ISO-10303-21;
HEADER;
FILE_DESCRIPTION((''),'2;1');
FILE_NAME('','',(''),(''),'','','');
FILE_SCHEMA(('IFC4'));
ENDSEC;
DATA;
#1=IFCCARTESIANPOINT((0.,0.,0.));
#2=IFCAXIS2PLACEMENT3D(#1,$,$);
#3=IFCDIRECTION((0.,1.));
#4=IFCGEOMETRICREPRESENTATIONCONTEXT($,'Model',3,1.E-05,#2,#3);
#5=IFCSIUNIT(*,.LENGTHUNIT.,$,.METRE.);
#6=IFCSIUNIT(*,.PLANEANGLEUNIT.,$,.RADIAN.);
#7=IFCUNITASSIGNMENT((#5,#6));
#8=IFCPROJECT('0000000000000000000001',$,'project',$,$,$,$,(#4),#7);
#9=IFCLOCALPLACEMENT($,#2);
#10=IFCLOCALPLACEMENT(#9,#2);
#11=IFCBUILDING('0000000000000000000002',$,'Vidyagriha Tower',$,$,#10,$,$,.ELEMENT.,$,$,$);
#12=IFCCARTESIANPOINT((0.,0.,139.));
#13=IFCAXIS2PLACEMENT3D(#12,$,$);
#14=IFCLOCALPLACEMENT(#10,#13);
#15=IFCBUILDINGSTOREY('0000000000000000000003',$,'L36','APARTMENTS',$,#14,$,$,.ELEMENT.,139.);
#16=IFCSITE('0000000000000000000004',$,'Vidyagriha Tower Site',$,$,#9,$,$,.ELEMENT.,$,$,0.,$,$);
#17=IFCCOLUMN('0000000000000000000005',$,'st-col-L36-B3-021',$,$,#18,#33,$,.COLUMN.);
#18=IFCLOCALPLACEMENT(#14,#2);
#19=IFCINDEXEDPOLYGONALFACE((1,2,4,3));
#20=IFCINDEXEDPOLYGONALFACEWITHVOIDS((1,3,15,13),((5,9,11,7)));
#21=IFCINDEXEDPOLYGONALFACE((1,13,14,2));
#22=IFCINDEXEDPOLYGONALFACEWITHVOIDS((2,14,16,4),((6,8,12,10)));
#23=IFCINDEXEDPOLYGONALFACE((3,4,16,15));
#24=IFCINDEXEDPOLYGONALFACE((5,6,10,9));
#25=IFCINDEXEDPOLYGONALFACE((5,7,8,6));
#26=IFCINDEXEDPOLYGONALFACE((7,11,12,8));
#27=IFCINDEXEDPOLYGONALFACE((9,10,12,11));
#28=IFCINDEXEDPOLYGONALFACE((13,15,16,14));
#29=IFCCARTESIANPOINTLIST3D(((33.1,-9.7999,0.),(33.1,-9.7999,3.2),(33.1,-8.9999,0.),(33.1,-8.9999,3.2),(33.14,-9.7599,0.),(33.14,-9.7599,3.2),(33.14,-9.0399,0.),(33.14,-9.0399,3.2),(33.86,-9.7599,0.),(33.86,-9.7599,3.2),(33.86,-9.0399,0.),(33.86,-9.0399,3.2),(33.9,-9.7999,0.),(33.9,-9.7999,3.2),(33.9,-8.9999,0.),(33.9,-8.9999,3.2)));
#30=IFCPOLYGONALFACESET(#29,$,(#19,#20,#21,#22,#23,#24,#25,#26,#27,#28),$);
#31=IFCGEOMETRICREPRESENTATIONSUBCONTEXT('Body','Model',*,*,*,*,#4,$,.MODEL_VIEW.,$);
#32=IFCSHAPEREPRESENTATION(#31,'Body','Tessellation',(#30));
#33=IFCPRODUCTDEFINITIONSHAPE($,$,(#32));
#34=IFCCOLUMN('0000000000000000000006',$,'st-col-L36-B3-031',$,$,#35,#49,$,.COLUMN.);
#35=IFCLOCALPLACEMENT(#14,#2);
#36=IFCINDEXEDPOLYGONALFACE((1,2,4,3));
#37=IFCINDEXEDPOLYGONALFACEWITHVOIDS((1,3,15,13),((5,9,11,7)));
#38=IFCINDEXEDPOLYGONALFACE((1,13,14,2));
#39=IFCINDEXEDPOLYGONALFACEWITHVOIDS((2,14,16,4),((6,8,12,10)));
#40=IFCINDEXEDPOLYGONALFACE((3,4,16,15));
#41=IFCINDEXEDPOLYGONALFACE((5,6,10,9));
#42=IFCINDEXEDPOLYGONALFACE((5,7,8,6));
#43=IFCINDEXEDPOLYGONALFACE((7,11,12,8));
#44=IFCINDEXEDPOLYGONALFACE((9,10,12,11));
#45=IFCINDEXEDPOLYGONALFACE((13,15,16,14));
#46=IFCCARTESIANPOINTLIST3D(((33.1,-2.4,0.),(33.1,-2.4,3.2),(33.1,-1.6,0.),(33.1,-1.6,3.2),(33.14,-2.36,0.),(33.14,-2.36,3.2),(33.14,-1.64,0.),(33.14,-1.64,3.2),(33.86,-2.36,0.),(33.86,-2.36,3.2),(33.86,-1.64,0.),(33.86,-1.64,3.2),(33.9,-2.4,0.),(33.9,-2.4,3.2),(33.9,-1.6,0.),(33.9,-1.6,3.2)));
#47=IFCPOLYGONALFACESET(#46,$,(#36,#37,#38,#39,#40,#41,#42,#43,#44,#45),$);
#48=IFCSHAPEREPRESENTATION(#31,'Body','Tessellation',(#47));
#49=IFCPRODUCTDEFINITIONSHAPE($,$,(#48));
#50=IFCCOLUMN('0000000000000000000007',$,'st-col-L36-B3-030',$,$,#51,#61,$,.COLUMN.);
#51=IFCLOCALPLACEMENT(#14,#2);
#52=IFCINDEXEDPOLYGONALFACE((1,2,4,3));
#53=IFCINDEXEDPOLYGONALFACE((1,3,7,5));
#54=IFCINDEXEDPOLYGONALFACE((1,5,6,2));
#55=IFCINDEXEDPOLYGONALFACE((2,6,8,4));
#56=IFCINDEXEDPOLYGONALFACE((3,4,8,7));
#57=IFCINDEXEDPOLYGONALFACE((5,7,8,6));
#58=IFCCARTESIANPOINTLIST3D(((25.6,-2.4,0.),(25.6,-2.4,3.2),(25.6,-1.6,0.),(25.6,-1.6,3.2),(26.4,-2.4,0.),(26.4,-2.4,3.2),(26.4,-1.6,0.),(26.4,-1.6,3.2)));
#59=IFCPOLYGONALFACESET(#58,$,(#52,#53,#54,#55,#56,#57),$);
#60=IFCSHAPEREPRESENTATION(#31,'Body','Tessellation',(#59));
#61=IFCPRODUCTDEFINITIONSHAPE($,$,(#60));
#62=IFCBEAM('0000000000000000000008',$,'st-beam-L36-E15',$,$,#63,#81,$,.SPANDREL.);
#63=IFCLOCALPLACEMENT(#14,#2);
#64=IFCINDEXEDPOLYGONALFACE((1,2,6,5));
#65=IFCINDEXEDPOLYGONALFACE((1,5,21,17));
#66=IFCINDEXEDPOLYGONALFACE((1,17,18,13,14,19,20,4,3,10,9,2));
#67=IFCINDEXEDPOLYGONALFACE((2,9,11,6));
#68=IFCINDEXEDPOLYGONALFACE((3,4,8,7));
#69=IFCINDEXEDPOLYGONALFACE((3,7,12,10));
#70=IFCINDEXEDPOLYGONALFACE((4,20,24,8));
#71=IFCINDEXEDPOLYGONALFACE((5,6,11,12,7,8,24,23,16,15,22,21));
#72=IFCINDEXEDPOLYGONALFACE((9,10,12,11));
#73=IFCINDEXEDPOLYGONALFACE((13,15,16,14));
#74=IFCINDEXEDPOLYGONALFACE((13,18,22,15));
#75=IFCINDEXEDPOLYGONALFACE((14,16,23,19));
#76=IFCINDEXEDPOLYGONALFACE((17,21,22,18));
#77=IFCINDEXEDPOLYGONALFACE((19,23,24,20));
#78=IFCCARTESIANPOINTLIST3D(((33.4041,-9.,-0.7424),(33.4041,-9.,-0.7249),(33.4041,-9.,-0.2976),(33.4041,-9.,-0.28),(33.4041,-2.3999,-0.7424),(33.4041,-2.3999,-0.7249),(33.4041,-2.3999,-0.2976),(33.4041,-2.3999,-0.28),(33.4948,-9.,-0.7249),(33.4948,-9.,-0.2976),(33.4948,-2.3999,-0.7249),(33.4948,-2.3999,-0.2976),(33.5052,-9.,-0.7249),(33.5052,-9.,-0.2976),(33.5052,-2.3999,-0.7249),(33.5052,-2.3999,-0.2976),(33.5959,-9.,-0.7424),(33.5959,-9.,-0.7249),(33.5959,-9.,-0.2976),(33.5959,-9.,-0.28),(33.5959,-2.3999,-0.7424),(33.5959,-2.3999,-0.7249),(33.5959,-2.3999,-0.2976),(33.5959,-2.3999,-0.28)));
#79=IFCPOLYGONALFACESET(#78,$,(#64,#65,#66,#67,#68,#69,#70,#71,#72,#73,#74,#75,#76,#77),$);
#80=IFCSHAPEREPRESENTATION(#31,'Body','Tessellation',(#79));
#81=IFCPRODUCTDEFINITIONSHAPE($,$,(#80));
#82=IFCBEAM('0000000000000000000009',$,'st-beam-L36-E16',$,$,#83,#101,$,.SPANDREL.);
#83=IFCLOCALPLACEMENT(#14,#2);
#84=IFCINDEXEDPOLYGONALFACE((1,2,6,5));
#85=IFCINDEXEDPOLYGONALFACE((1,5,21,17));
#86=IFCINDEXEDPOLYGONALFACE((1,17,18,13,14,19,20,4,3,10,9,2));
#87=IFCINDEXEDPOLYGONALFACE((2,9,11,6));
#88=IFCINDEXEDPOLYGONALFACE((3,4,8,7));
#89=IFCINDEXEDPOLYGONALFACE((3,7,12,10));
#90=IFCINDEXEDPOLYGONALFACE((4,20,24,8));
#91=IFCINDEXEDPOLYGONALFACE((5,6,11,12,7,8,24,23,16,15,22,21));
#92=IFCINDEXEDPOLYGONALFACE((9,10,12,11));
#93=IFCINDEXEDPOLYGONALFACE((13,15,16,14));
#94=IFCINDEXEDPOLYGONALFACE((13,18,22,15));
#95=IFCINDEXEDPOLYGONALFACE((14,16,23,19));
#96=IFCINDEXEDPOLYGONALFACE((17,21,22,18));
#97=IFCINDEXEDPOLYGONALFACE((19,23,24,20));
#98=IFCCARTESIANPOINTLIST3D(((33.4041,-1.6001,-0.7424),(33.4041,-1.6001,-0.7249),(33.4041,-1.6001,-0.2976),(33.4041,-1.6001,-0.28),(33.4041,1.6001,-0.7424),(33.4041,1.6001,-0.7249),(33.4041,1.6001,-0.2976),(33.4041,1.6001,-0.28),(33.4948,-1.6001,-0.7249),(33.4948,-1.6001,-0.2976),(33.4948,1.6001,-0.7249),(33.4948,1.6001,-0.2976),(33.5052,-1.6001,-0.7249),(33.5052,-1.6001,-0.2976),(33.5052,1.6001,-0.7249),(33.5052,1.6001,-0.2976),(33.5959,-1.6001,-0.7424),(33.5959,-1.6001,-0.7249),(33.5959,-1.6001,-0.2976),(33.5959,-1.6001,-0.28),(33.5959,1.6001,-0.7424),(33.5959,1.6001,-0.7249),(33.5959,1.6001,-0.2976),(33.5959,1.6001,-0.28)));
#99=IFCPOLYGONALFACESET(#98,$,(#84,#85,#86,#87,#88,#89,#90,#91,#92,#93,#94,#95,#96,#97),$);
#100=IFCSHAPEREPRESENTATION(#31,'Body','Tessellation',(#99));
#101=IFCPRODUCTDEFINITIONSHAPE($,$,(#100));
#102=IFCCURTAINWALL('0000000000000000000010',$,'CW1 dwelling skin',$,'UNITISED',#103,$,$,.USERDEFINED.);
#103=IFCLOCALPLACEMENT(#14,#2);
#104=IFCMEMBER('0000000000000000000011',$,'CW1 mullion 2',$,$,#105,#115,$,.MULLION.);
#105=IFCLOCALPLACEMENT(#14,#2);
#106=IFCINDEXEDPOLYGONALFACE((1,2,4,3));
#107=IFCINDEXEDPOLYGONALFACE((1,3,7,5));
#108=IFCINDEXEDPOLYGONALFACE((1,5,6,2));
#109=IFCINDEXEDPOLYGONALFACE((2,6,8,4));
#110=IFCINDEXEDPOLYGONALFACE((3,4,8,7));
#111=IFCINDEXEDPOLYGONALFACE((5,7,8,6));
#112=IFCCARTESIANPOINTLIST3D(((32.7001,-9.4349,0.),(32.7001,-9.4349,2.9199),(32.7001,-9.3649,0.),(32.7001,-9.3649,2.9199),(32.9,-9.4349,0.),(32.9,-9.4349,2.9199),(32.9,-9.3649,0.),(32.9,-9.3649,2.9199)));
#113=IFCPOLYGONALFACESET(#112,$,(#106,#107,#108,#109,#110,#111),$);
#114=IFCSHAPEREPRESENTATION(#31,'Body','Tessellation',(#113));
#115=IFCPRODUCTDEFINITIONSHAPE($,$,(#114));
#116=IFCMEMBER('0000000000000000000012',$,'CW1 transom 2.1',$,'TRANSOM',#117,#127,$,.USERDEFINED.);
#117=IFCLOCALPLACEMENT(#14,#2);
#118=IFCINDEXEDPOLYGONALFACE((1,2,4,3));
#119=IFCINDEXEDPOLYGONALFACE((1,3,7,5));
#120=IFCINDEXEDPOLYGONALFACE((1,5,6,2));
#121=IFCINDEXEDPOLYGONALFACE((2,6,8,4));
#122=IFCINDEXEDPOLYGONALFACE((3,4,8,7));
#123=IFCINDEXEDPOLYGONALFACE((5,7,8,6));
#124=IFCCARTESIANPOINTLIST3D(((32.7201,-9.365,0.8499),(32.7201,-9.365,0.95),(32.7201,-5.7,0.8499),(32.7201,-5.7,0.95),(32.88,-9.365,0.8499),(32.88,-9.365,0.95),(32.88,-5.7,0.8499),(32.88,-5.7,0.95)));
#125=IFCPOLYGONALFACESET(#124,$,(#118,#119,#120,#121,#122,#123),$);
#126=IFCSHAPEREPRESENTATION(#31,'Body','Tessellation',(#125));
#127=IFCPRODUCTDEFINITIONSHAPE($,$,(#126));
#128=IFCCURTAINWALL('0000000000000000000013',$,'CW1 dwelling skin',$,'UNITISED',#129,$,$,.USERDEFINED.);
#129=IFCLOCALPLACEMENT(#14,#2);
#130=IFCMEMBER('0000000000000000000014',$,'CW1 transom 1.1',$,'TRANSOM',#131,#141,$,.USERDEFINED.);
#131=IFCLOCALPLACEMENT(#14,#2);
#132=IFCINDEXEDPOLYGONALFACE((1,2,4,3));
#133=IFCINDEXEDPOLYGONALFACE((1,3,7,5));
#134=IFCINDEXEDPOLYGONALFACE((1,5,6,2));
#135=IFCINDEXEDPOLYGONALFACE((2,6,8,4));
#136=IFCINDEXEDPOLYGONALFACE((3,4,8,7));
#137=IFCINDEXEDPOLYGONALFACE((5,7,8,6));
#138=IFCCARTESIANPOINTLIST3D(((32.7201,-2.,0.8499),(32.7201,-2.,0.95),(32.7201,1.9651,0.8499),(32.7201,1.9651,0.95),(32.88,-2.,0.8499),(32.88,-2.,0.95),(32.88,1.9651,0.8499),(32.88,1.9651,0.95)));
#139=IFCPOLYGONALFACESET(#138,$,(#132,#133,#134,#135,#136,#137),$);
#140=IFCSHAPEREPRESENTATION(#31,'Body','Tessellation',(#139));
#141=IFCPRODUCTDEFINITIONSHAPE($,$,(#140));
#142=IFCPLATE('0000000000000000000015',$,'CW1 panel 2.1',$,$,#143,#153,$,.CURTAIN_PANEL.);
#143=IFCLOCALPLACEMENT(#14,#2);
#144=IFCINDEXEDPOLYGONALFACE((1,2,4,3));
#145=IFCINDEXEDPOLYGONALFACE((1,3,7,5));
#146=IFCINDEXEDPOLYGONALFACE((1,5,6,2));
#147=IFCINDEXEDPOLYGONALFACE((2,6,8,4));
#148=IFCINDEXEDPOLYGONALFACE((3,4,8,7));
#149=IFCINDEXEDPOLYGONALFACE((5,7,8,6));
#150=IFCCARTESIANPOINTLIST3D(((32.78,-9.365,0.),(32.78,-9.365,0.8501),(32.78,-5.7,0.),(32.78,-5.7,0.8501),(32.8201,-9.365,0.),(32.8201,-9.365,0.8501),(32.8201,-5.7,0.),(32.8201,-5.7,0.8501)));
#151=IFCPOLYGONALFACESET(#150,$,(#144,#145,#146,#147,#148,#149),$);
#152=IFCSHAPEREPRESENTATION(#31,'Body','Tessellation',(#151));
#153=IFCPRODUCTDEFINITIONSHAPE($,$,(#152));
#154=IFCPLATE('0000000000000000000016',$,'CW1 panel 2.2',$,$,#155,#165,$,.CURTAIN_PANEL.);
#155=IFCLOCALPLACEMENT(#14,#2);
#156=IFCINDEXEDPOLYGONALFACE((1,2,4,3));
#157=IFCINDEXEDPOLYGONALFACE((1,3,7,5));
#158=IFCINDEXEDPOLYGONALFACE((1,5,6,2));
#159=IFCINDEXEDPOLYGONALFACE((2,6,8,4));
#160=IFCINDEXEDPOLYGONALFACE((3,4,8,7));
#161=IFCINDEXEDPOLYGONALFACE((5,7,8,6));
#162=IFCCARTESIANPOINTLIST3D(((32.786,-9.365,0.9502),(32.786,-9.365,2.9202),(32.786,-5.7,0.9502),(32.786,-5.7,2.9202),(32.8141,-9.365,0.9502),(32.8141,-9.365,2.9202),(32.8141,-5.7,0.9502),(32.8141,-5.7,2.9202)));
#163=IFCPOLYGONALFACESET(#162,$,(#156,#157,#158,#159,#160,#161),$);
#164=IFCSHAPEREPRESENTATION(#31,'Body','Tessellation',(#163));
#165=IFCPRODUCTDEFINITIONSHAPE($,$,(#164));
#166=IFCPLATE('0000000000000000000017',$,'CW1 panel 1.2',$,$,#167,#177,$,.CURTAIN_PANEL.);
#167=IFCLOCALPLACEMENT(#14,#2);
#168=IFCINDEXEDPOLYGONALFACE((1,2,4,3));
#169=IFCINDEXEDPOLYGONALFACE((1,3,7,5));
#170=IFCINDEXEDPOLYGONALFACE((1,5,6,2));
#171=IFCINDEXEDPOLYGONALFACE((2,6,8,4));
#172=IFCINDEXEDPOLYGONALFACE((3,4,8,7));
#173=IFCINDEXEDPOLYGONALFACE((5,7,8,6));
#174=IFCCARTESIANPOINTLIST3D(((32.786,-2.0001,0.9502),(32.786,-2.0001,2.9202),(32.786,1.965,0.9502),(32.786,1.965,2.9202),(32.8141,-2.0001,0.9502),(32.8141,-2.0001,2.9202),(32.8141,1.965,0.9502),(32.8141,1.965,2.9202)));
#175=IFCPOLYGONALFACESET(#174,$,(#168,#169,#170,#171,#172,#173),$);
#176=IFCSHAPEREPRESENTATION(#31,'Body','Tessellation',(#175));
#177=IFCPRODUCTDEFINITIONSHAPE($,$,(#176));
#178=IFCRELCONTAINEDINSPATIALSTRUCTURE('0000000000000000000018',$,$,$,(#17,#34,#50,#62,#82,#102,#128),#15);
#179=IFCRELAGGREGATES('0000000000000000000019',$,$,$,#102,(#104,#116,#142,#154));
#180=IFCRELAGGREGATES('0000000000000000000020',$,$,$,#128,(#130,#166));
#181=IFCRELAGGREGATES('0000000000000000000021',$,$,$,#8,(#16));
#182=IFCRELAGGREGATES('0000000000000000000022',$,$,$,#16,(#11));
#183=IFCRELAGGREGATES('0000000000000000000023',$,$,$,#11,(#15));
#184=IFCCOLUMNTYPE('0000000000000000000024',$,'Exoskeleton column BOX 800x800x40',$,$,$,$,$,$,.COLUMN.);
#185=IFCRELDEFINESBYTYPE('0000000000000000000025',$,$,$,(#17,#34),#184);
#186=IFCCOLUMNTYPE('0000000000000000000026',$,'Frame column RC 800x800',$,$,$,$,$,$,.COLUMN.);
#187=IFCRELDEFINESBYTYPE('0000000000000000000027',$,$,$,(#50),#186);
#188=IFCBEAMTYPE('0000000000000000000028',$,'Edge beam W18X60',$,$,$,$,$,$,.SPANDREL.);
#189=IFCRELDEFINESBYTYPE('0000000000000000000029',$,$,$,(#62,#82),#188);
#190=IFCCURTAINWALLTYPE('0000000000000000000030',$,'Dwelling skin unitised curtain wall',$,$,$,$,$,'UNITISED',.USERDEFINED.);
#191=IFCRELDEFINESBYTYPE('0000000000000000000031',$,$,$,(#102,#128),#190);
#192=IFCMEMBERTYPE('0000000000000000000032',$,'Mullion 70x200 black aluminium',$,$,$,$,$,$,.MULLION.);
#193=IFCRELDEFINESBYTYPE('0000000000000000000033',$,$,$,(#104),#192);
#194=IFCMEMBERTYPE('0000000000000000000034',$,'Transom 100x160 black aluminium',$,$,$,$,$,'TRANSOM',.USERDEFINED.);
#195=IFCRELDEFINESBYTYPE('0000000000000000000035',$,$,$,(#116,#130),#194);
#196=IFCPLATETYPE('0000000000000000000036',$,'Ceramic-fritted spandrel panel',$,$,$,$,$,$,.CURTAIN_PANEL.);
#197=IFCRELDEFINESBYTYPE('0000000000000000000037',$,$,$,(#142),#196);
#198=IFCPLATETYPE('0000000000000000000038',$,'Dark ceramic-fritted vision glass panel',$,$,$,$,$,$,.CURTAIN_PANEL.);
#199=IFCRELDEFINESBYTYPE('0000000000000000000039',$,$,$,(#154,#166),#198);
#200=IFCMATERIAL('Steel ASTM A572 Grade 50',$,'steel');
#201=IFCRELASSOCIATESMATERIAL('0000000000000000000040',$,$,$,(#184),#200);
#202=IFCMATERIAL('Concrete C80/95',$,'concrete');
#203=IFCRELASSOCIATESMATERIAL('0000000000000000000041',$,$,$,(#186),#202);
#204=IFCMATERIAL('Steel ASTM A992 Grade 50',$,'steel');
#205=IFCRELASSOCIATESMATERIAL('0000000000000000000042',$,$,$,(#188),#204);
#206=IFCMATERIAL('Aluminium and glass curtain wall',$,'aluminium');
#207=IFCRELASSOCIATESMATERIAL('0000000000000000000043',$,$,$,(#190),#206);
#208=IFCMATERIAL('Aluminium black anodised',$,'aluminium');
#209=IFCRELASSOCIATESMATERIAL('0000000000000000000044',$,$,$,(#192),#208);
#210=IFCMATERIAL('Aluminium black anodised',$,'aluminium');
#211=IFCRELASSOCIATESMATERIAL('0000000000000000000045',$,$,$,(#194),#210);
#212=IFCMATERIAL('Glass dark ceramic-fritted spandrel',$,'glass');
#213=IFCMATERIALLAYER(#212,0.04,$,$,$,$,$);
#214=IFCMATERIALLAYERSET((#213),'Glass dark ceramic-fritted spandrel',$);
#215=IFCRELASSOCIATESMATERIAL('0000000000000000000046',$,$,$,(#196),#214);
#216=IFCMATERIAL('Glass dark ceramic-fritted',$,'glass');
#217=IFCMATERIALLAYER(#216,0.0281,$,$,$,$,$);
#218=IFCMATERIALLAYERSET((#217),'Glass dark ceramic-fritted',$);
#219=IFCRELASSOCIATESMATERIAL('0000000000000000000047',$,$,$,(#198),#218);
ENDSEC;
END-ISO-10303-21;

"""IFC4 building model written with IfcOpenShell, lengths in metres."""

from ifc_helpers import new_model, si_unit, direction, frame, origin, origin_2d, place, context, subcontext, project, spatial, rectangle, hollow_rectangle, i_section, extrude, material, layer, layer_set, material_profile, profile_set, type_object, element, aggregate, save


model = new_model("IFC4")

# Units and contexts
model_context = context("Model", 3, precision=1e-05, world=origin(), true_north=direction((0.0, 1.0)))
body_context = subcontext(model_context, "Body", "Model", "MODEL_VIEW")
ifc_project = project(units=[si_unit("LENGTHUNIT", "METRE"), si_unit("PLANEANGLEUNIT", "RADIAN")], contexts=[model_context])

# Site, building, storey
site_placement = place(None, origin())
site = spatial("IfcSite", under=ifc_project, at=site_placement, Name="Vidyagriha Tower Site", CompositionType="ELEMENT", RefElevation=0.0)
building_placement = place(site_placement, origin())
building = spatial("IfcBuilding", under=site, at=building_placement, Name="Vidyagriha Tower", CompositionType="ELEMENT")
storey_placement = place(building_placement, frame((0.0, 0.0, 139.0)))
storey = spatial("IfcBuildingStorey", under=building, at=storey_placement, Name="L36", Description="APARTMENTS", CompositionType="ELEMENT", Elevation=139.0)

# Columns
ifc_material_1 = material(Name="Steel ASTM A572 Grade 50", Category="steel")
ifc_material_profile_1 = material_profile(ifc_material_1, hollow_rectangle(XDim=0.8, YDim=0.8, WallThickness=0.04, at=origin_2d()), Name="BOX 800x800x40")
ifc_profile_set_1 = profile_set([ifc_material_profile_1], Name="Steel ASTM A572 Grade 50")
column_type_1 = type_object("IfcColumnType", Name="Exoskeleton column BOX 800x800x40", PredefinedType="COLUMN", material=ifc_profile_set_1)
for number, where, name in (
    (1, (33.5, -9.3999, 0.0), "st-col-L36-B3-021"),
    (2, (33.5, -2.0, 0.0), "st-col-L36-B3-031"),
):
    element("IfcColumn", number, at=place(storey_placement, frame(where)), inside=storey, type_object=column_type_1, Name=name, PredefinedType="COLUMN", context=body_context, shape_type="SweptSolid", body=[
        extrude(hollow_rectangle(XDim=0.8, YDim=0.8, WallThickness=0.04, at=origin_2d()), origin(), (0.0, 0.0, 1.0), 3.2),
    ])
ifc_material_2 = material(Name="Concrete C80/95", Category="concrete")
ifc_material_profile_2 = material_profile(ifc_material_2, rectangle(XDim=0.8, YDim=0.8, at=origin_2d()), Name="RC 800x800")
ifc_profile_set_2 = profile_set([ifc_material_profile_2], Name="Concrete C80/95")
column_type_2 = type_object("IfcColumnType", Name="Frame column RC 800x800", PredefinedType="COLUMN", material=ifc_profile_set_2)
column_placement = place(storey_placement, frame((26.0, -2.0, 0.0)))
element("IfcColumn", 3, at=column_placement, inside=storey, type_object=column_type_2, Name="st-col-L36-B3-030", PredefinedType="COLUMN", context=body_context, shape_type="SweptSolid", body=[
    extrude(rectangle(XDim=0.8, YDim=0.8, at=origin_2d()), origin(), (0.0, 0.0, 1.0), 3.2),
])

# Beams
ifc_material_3 = material(Name="Steel ASTM A992 Grade 50", Category="steel")
ifc_material_profile_3 = material_profile(ifc_material_3, i_section(OverallWidth=0.1919, OverallDepth=0.4624, WebThickness=0.0105, FlangeThickness=0.0176, at=origin_2d()), Name="W18X60")
ifc_profile_set_3 = profile_set([ifc_material_profile_3], Name="Steel ASTM A992 Grade 50")
beam_type = type_object("IfcBeamType", Name="Edge beam W18X60", PredefinedType="SPANDREL", material=ifc_profile_set_3)
beam_1_placement = place(storey_placement, frame((33.5, -9.0, -0.5112), z_axis=(0.0, 1.0, 0.0), x_axis=(-1.0, 0.0, 0.0)))
element("IfcBeam", 4, at=beam_1_placement, inside=storey, type_object=beam_type, Name="st-beam-L36-E15", PredefinedType="SPANDREL", context=body_context, shape_type="SweptSolid", body=[
    extrude(i_section(OverallWidth=0.1919, OverallDepth=0.4624, WebThickness=0.0105, FlangeThickness=0.0176, at=origin_2d()), origin(), (0.0, 0.0, 1.0), 6.6001),
])
beam_2_placement = place(storey_placement, frame((33.5, -1.6001, -0.5112), z_axis=(0.0, 1.0, 0.0), x_axis=(-1.0, 0.0, 0.0)))
element("IfcBeam", 5, at=beam_2_placement, inside=storey, type_object=beam_type, Name="st-beam-L36-E16", PredefinedType="SPANDREL", context=body_context, shape_type="SweptSolid", body=[
    extrude(i_section(OverallWidth=0.1919, OverallDepth=0.4624, WebThickness=0.0105, FlangeThickness=0.0176, at=origin_2d()), origin(), (0.0, 0.0, 1.0), 3.2002),
])

# Curtain wall, members
ifc_material_4 = material(Name="Aluminium and glass curtain wall", Category="aluminium")
curtain_wall_type = type_object("IfcCurtainWallType", Name="Dwelling skin unitised curtain wall", ElementType="UNITISED", PredefinedType="USERDEFINED", material=ifc_material_4)
curtain_wall_1_placement = place(storey_placement, origin())
curtain_wall_1 = element("IfcCurtainWall", 6, at=curtain_wall_1_placement, inside=storey, type_object=curtain_wall_type, Name="CW1 dwelling skin", ObjectType="UNITISED", PredefinedType="USERDEFINED")
ifc_material_5 = material(Name="Aluminium black anodised", Category="aluminium")
ifc_material_profile_4 = material_profile(ifc_material_5, rectangle(XDim=0.2, YDim=0.0701, at=origin_2d()), Name="Mullion 70x200 black aluminium")
ifc_profile_set_4 = profile_set([ifc_material_profile_4], Name="Aluminium black anodised")
member_type_1 = type_object("IfcMemberType", Name="Mullion 70x200 black aluminium", PredefinedType="MULLION", material=ifc_profile_set_4)
member_1_placement = place(storey_placement, frame((32.8, -9.3999, 0.0), z_axis=(0.0, 0.0, 1.0), x_axis=(-1.0, 0.0, 0.0)))
member_1 = element("IfcMember", 7, at=member_1_placement, type_object=member_type_1, Name="CW1 mullion 2", PredefinedType="MULLION", context=body_context, shape_type="SweptSolid", body=[
    extrude(rectangle(XDim=0.2, YDim=0.0701, at=origin_2d()), origin(), (0.0, 0.0, 1.0), 2.9199),
])
ifc_material_6 = material(Name="Aluminium black anodised", Category="aluminium")
ifc_material_profile_5 = material_profile(ifc_material_6, rectangle(XDim=0.1599, YDim=0.1001, at=origin_2d()), Name="Transom 100x160 black aluminium")
ifc_profile_set_5 = profile_set([ifc_material_profile_5], Name="Aluminium black anodised")
member_type_2 = type_object("IfcMemberType", Name="Transom 100x160 black aluminium", ElementType="TRANSOM", PredefinedType="USERDEFINED", material=ifc_profile_set_5)
member_2_placement = place(storey_placement, frame((32.8, -9.365, 0.8999), z_axis=(0.0, 1.0, 0.0), x_axis=(-1.0, 0.0, 0.0)))
member_2 = element("IfcMember", 8, at=member_2_placement, type_object=member_type_2, Name="CW1 transom 2.1", ObjectType="TRANSOM", PredefinedType="USERDEFINED", context=body_context, shape_type="SweptSolid", body=[
    extrude(rectangle(XDim=0.1599, YDim=0.1001, at=origin_2d()), origin(), (0.0, 0.0, 1.0), 3.665),
])

# Curtain wall, member
curtain_wall_2_placement = place(storey_placement, origin())
curtain_wall_2 = element("IfcCurtainWall", 9, at=curtain_wall_2_placement, inside=storey, type_object=curtain_wall_type, Name="CW1 dwelling skin", ObjectType="UNITISED", PredefinedType="USERDEFINED")
member_3_placement = place(storey_placement, frame((32.8, -2.0, 0.8999), z_axis=(0.0, 1.0, 0.0), x_axis=(-1.0, 0.0, 0.0)))
member_3 = element("IfcMember", 10, at=member_3_placement, type_object=member_type_2, Name="CW1 transom 1.1", ObjectType="TRANSOM", PredefinedType="USERDEFINED", context=body_context, shape_type="SweptSolid", body=[
    extrude(rectangle(XDim=0.1599, YDim=0.1001, at=origin_2d()), origin(), (0.0, 0.0, 1.0), 3.9651),
])

# Plates
ifc_material_7 = material(Name="Glass dark ceramic-fritted spandrel", Category="glass")
ifc_layer_1 = layer(ifc_material_7, 0.04)
ifc_layer_set_1 = layer_set([ifc_layer_1], Name="Glass dark ceramic-fritted spandrel")
plate_type_1 = type_object("IfcPlateType", Name="Ceramic-fritted spandrel panel", PredefinedType="CURTAIN_PANEL", material=ifc_layer_set_1)
plate_1_placement = place(storey_placement, frame((32.8, -7.5325, 0.0), z_axis=(0.0, 0.0, 1.0), x_axis=(0.0, 1.0, 0.0)))
plate_1 = element("IfcPlate", 11, at=plate_1_placement, type_object=plate_type_1, Name="CW1 panel 2.1", PredefinedType="CURTAIN_PANEL", context=body_context, shape_type="SweptSolid", body=[
    extrude(rectangle(XDim=3.665, YDim=0.04, at=origin_2d()), origin(), (0.0, 0.0, 1.0), 0.8501),
])
ifc_material_8 = material(Name="Glass dark ceramic-fritted", Category="glass")
ifc_layer_2 = layer(ifc_material_8, 0.0281)
ifc_layer_set_2 = layer_set([ifc_layer_2], Name="Glass dark ceramic-fritted")
plate_type_2 = type_object("IfcPlateType", Name="Dark ceramic-fritted vision glass panel", PredefinedType="CURTAIN_PANEL", material=ifc_layer_set_2)
plate_2_placement = place(storey_placement, frame((32.8, -7.5325, 0.9502), z_axis=(0.0, 0.0, 1.0), x_axis=(0.0, 1.0, 0.0)))
plate_2 = element("IfcPlate", 12, at=plate_2_placement, type_object=plate_type_2, Name="CW1 panel 2.2", PredefinedType="CURTAIN_PANEL", context=body_context, shape_type="SweptSolid", body=[
    extrude(rectangle(XDim=3.665, YDim=0.0281, at=origin_2d()), origin(), (0.0, 0.0, 1.0), 1.97),
])
aggregate(curtain_wall_1, [member_1, member_2, plate_1, plate_2])
plate_3_placement = place(storey_placement, frame((32.8, -0.0176, 0.9502), z_axis=(0.0, 0.0, 1.0), x_axis=(0.0, 1.0, 0.0)))
plate_3 = element("IfcPlate", 13, at=plate_3_placement, type_object=plate_type_2, Name="CW1 panel 1.2", PredefinedType="CURTAIN_PANEL", context=body_context, shape_type="SweptSolid", body=[
    extrude(rectangle(XDim=3.9651, YDim=0.0281, at=origin_2d()), origin(), (0.0, 0.0, 1.0), 1.97),
])
aggregate(curtain_wall_2, [member_3, plate_3])

save(model, "model.ifc")
